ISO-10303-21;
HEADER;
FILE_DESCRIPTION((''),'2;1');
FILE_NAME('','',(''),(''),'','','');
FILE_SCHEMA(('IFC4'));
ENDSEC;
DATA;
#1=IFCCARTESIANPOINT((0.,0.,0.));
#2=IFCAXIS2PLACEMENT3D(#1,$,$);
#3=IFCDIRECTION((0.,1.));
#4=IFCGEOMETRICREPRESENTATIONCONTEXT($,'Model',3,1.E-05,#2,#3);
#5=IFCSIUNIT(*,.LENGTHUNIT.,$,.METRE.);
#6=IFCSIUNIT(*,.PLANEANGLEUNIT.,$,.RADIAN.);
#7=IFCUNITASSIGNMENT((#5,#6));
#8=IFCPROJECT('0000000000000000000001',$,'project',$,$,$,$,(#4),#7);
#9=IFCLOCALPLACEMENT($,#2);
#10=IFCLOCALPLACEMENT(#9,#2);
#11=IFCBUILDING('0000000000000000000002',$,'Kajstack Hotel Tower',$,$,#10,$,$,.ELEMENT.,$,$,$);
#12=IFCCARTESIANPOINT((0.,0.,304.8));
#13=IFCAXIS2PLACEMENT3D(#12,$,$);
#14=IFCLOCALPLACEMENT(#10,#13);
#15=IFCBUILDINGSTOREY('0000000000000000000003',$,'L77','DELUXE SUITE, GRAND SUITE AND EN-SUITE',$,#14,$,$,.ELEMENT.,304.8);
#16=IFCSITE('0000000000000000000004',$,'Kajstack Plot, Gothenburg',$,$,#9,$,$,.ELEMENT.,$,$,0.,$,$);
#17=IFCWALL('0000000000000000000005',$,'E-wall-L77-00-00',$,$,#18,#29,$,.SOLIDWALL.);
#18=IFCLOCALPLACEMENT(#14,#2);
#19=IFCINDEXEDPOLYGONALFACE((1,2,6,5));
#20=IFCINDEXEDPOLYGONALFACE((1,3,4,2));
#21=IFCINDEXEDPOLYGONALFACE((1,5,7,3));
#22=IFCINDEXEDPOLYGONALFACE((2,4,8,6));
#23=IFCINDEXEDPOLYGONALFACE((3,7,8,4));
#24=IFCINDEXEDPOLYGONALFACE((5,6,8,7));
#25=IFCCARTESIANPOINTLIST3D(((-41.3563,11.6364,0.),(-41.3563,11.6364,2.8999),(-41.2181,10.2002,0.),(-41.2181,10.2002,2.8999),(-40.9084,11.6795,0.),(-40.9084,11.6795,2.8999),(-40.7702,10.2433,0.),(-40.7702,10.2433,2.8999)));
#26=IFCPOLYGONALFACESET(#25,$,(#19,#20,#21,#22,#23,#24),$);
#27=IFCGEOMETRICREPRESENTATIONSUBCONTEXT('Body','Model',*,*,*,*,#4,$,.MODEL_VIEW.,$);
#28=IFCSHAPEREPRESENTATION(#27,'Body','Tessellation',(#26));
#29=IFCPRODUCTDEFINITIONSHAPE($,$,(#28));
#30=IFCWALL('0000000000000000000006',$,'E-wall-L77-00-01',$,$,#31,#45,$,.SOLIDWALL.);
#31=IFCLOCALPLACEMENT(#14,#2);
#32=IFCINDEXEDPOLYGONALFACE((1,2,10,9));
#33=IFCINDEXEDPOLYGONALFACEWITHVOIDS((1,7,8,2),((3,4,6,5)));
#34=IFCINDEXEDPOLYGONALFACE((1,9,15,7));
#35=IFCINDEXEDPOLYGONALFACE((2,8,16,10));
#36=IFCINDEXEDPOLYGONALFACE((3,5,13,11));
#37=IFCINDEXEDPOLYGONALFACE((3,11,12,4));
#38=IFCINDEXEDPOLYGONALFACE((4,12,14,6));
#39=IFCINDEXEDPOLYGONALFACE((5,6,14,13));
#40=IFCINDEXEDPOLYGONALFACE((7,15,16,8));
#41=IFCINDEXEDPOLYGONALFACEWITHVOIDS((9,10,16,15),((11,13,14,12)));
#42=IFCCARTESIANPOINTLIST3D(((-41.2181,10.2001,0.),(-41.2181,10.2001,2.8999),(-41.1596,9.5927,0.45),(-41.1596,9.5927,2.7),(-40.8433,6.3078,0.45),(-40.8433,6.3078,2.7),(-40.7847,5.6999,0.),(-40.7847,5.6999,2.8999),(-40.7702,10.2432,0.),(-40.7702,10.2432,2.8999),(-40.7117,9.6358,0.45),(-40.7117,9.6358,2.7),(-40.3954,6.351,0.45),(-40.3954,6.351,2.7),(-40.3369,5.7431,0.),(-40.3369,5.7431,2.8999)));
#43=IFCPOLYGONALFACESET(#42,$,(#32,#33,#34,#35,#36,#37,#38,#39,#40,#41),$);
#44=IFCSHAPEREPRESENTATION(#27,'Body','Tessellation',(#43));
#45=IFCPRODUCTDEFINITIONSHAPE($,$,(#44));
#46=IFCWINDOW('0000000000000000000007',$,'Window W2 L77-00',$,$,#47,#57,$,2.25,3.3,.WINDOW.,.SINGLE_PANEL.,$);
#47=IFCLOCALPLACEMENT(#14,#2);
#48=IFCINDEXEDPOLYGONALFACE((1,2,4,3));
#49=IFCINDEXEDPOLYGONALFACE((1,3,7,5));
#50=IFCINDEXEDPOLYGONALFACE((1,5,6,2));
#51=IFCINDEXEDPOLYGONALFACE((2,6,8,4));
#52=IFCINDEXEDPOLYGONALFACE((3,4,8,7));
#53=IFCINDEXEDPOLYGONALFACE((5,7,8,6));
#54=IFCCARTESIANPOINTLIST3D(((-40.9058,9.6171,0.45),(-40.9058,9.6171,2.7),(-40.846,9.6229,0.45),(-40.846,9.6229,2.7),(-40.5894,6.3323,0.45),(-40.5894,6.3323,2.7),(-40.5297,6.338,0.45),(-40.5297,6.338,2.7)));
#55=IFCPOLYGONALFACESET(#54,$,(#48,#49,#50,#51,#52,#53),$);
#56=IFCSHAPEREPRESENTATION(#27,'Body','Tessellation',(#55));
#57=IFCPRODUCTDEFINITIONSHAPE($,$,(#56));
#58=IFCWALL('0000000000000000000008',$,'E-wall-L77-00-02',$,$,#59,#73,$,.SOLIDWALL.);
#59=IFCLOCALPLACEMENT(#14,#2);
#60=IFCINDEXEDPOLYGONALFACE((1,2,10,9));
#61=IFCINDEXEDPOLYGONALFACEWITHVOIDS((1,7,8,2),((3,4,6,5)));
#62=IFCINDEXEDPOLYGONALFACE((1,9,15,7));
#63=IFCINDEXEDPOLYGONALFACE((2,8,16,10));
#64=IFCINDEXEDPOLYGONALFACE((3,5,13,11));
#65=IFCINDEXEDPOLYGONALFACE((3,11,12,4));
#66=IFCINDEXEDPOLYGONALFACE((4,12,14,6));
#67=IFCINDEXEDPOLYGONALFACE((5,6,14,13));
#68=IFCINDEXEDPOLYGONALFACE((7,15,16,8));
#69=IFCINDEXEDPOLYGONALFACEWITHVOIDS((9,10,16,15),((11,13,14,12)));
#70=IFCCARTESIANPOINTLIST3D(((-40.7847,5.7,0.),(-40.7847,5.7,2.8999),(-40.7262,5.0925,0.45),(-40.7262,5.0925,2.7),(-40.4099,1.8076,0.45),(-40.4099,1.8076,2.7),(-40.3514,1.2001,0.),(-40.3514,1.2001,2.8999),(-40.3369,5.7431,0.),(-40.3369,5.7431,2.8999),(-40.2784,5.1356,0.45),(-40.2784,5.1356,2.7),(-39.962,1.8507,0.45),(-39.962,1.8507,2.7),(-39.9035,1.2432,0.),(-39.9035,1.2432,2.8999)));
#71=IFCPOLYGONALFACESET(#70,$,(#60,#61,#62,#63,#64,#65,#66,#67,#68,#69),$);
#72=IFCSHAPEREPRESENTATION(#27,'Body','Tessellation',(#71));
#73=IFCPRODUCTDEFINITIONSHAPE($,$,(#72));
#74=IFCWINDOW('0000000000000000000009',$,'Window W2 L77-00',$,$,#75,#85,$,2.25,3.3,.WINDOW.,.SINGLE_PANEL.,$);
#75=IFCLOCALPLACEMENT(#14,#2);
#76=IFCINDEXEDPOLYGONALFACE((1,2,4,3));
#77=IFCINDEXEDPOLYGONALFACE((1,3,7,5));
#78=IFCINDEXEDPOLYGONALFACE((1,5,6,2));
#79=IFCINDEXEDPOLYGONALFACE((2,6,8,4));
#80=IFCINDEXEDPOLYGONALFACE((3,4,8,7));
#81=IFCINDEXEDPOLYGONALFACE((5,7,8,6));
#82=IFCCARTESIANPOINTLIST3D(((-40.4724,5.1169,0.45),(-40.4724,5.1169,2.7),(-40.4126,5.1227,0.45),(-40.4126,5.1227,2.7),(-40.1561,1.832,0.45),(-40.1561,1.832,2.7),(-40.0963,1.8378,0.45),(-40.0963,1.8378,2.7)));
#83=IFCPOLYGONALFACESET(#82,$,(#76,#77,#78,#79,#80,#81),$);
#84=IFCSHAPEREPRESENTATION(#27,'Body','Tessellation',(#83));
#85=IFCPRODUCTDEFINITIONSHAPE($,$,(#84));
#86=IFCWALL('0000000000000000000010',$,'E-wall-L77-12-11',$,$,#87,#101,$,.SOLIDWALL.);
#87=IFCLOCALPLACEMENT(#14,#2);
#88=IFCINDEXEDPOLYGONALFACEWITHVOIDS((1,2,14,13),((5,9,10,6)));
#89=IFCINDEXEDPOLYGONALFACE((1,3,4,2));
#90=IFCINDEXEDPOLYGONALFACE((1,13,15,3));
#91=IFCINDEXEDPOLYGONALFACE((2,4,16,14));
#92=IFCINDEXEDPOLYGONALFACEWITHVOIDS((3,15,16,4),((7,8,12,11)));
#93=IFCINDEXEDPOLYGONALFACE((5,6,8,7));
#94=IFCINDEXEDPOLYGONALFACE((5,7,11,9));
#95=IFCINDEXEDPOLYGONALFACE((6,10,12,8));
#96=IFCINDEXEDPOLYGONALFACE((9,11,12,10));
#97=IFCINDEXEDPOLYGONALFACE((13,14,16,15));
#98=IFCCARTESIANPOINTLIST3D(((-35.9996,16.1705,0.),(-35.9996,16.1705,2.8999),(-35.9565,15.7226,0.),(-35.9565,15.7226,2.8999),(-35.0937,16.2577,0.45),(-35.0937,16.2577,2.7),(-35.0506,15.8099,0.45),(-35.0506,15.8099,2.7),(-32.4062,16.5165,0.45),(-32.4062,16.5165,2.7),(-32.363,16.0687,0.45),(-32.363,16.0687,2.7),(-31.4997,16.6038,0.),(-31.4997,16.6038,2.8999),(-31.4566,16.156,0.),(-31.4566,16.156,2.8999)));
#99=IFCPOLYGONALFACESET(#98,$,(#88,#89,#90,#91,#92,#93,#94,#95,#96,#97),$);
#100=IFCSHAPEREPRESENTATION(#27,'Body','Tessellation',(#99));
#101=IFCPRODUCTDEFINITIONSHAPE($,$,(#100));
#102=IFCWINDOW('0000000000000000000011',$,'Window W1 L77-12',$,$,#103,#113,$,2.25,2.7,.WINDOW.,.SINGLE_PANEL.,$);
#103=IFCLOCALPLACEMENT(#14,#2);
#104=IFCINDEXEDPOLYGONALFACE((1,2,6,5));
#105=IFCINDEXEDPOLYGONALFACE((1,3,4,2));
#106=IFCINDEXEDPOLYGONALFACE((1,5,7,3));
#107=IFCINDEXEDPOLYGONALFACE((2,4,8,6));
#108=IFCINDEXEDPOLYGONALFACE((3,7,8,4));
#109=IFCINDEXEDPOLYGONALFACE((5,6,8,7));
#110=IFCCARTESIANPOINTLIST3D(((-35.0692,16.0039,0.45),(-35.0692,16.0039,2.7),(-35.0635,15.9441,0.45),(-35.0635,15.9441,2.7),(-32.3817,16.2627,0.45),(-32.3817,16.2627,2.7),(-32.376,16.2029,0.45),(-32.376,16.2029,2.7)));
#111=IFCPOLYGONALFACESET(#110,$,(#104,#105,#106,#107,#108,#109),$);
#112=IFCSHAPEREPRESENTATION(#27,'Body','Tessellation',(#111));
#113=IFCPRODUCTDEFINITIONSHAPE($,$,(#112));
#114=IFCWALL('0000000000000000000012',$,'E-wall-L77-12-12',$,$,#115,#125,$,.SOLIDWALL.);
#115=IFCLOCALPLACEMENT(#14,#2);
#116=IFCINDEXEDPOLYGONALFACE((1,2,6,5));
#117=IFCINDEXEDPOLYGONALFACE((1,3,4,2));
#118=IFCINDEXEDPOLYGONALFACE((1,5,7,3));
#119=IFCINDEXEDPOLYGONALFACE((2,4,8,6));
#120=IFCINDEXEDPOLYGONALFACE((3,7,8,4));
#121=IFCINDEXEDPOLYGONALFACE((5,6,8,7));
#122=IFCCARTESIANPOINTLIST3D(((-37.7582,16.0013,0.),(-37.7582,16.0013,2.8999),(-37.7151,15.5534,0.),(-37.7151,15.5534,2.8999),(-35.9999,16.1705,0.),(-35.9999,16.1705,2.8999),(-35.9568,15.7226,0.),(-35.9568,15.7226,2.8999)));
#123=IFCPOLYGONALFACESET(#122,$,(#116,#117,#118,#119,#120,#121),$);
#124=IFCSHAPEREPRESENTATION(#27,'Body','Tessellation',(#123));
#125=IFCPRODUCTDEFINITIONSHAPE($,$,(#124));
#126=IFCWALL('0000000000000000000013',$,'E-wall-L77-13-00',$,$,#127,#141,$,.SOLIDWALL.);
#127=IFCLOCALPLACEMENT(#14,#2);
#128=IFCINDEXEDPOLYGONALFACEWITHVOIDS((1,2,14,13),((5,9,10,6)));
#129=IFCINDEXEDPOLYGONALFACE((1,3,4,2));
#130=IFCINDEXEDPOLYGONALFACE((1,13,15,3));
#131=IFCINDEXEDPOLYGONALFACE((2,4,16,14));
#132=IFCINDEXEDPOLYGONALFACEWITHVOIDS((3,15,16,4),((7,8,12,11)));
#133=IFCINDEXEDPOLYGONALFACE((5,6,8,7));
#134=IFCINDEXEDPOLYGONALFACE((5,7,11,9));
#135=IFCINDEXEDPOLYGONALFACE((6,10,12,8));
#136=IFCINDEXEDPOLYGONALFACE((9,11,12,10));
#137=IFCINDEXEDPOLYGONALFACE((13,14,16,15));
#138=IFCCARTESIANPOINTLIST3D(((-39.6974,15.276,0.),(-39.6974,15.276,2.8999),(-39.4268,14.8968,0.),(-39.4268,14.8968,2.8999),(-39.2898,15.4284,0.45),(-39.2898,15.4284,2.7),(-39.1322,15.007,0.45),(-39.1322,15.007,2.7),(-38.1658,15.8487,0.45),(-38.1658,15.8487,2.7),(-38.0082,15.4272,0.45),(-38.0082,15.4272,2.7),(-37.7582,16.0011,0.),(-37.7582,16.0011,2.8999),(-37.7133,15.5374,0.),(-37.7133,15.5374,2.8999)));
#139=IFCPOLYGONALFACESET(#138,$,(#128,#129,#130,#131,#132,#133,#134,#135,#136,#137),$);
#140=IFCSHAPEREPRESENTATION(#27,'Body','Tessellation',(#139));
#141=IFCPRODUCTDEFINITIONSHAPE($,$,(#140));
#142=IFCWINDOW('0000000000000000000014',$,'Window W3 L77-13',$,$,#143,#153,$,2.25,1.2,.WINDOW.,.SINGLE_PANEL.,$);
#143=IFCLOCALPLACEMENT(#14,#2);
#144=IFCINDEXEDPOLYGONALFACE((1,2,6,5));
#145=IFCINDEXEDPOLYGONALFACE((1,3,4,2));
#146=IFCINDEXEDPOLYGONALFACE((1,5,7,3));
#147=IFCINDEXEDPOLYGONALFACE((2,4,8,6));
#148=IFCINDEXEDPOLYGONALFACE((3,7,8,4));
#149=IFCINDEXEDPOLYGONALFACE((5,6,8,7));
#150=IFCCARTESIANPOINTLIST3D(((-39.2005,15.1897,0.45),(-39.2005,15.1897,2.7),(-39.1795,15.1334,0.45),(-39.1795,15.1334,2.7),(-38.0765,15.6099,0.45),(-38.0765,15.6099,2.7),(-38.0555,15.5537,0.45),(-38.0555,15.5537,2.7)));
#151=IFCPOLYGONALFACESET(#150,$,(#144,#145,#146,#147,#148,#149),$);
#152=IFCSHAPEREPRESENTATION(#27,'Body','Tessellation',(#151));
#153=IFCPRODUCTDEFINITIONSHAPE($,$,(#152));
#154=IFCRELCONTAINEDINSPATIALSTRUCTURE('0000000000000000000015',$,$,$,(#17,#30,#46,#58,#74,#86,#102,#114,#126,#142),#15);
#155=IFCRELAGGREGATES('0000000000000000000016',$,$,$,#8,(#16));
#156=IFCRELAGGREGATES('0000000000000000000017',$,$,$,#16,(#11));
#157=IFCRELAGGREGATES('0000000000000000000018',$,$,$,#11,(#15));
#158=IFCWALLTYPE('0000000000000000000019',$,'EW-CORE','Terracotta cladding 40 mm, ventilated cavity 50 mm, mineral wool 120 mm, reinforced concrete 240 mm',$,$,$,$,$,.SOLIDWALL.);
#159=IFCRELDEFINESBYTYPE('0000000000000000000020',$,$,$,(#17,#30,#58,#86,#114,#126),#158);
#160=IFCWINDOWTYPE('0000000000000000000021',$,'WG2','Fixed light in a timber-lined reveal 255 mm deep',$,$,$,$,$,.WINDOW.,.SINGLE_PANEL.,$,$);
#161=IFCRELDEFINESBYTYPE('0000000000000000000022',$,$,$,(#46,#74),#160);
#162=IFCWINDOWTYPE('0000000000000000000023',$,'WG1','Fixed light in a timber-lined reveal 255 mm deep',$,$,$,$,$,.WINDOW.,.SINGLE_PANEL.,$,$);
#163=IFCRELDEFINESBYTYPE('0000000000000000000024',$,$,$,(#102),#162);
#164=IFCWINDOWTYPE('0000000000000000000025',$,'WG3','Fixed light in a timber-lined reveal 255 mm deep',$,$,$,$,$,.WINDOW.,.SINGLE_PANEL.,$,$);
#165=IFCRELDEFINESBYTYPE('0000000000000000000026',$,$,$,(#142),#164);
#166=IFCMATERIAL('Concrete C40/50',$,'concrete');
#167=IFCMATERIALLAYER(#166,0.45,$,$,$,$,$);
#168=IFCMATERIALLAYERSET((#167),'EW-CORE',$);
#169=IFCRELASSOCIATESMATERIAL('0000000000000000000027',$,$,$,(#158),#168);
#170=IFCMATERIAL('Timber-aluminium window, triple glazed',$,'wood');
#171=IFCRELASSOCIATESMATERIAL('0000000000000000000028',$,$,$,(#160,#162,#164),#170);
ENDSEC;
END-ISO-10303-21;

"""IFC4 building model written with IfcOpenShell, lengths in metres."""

from ifc_helpers import new_model, si_unit, direction, frame, frame_2d, origin, place, context, subcontext, project, spatial, polyline, rectangle, outline, extrude, material, layer, layer_set, type_object, element, fill, save


model = new_model("IFC4")

# Units and contexts
model_context = context("Model", 3, precision=1e-05, world=origin(), true_north=direction((0.0, 1.0)))
body_context = subcontext(model_context, "Body", "Model", "MODEL_VIEW")
ifc_project = project(units=[si_unit("LENGTHUNIT", "METRE"), si_unit("PLANEANGLEUNIT", "RADIAN")], contexts=[model_context])

# Site, building, storey
site_placement = place(None, origin())
site = spatial("IfcSite", under=ifc_project, at=site_placement, Name="Kajstack Plot, Gothenburg", CompositionType="ELEMENT", RefElevation=0.0)
building_placement = place(site_placement, origin())
building = spatial("IfcBuilding", under=site, at=building_placement, Name="Kajstack Hotel Tower", CompositionType="ELEMENT")
storey_placement = place(building_placement, frame((0.0, 0.0, 304.8)))
storey = spatial("IfcBuildingStorey", under=building, at=storey_placement, Name="L77", Description="DELUXE SUITE, GRAND SUITE AND EN-SUITE", CompositionType="ELEMENT", Elevation=304.8)

# Wall
ifc_material_1 = material(Name="Concrete C40/50", Category="concrete")
ifc_layer_1 = layer(ifc_material_1, 0.45)
ifc_layer_set_1 = layer_set([ifc_layer_1], Name="EW-CORE")
wall_type_1 = type_object("IfcWallType", Name="EW-CORE", Description="Terracotta cladding 40 mm, ventilated cavity 50 mm, mineral wool 120 mm, reinforced concrete 240 mm", PredefinedType="SOLIDWALL", material=ifc_layer_set_1)
wall_1_placement = place(storey_placement, frame((-41.1323, 11.658, 0.0), z_axis=(0.0, 0.0, 1.0), x_axis=(0.095767, -0.995404, 0.0)))
element("IfcWall", 1, at=wall_1_placement, inside=storey, type_object=wall_type_1, Name="E-wall-L77-00-00", PredefinedType="SOLIDWALL", context=body_context, shape_type="SweptSolid", body=[
    extrude(rectangle(XDim=1.4429, YDim=0.45, at=frame_2d((0.7214, 0.0))), origin(), (0.0, 0.0, 1.0), 2.8999),
])

# Walls, openings, windows
wall_2_placement = place(storey_placement, frame((-40.9941, 10.2217, 0.0), z_axis=(0.0, 0.0, 1.0), x_axis=(0.095851, -0.995396, 0.0)))
wall_2 = element("IfcWall", 2, at=wall_2_placement, inside=storey, type_object=wall_type_1, Name="E-wall-L77-00-01", PredefinedType="SOLIDWALL", context=body_context, shape_type="SweptSolid", body=[
    extrude(rectangle(XDim=4.521, YDim=0.45, at=frame_2d((2.2605, 0.0))), origin(), (0.0, 0.0, 1.0), 2.8999),
])
opening_1_placement = place(wall_2_placement, frame((0.6104, 0.0, 0.45)))
opening_1 = element("IfcOpeningElement", 3, at=opening_1_placement, cuts=wall_2, PredefinedType="OPENING", context=body_context, shape_type="SweptSolid", body=[
    extrude(rectangle(XDim=3.3, YDim=2.25, at=frame_2d((1.6499, 1.125))), frame((0.0, 0.2349, 0.0), z_axis=(0.0, -1.0, 0.0), x_axis=(1.0, 0.0, 0.0)), (0.0, 0.0, 1.0), 0.47),
])
ifc_material_2 = material(Name="Timber-aluminium window, triple glazed", Category="wood")
window_type_1 = type_object("IfcWindowType", Name="WG2", Description="Fixed light in a timber-lined reveal 255 mm deep", PartitioningType="SINGLE_PANEL", PredefinedType="WINDOW", material=ifc_material_2)
window_1_placement = place(opening_1_placement, origin())
window_1 = element("IfcWindow", 4, at=window_1_placement, inside=storey, type_object=window_type_1, Name="Window W2 L77-00", OverallHeight=2.25, OverallWidth=3.3, PartitioningType="SINGLE_PANEL", PredefinedType="WINDOW", context=body_context, shape_type="SweptSolid", body=[
    extrude(rectangle(XDim=3.3, YDim=2.25, at=frame_2d((1.6499, 1.125))), frame((0.0, 0.0901, 0.0), z_axis=(0.0, -1.0, 0.0), x_axis=(1.0, 0.0, 0.0)), (0.0, 0.0, 1.0), 0.0601),
])
fill(opening_1, window_1)
wall_3_placement = place(storey_placement, frame((-40.5608, 5.7214, 0.0), z_axis=(0.0, 0.0, 1.0), x_axis=(0.095856, -0.995395, 0.0)))
wall_3 = element("IfcWall", 5, at=wall_3_placement, inside=storey, type_object=wall_type_1, Name="E-wall-L77-00-02", PredefinedType="SOLIDWALL", context=body_context, shape_type="SweptSolid", body=[
    extrude(rectangle(XDim=4.5208, YDim=0.45, at=frame_2d((2.2603, 0.0))), origin(), (0.0, 0.0, 1.0), 2.8999),
])
opening_2_placement = place(wall_3_placement, frame((0.6104, 0.0, 0.45)))
opening_2 = element("IfcOpeningElement", 6, at=opening_2_placement, cuts=wall_3, PredefinedType="OPENING", context=body_context, shape_type="SweptSolid", body=[
    extrude(rectangle(XDim=3.3, YDim=2.25, at=frame_2d((1.6499, 1.125))), frame((0.0, 0.2349, 0.0), z_axis=(0.0, -1.0, 0.0), x_axis=(1.0, 0.0, 0.0)), (0.0, 0.0, 1.0), 0.47),
])
window_2_placement = place(opening_2_placement, origin())
window_2 = element("IfcWindow", 7, at=window_2_placement, inside=storey, type_object=window_type_1, Name="Window W2 L77-00", OverallHeight=2.25, OverallWidth=3.3, PartitioningType="SINGLE_PANEL", PredefinedType="WINDOW", context=body_context, shape_type="SweptSolid", body=[
    extrude(rectangle(XDim=3.3, YDim=2.25, at=frame_2d((1.6499, 1.125))), frame((0.0, 0.0901, 0.0), z_axis=(0.0, -1.0, 0.0), x_axis=(1.0, 0.0, 0.0)), (0.0, 0.0, 1.0), 0.0601),
])
fill(opening_2, window_2)
wall_4_placement = place(storey_placement, frame((-31.4783, 16.3799, 0.0), z_axis=(0.0, 0.0, 1.0), x_axis=(-0.995395, -0.095856, 0.0)))
wall_4 = element("IfcWall", 8, at=wall_4_placement, inside=storey, type_object=wall_type_1, Name="E-wall-L77-12-11", PredefinedType="SOLIDWALL", context=body_context, shape_type="SweptSolid", body=[
    extrude(rectangle(XDim=4.5208, YDim=0.45, at=frame_2d((2.2603, 0.0))), origin(), (0.0, 0.0, 1.0), 2.8999),
])
opening_3_placement = place(wall_4_placement, frame((0.9104, 0.0, 0.45)))
opening_3 = element("IfcOpeningElement", 9, at=opening_3_placement, cuts=wall_4, PredefinedType="OPENING", context=body_context, shape_type="SweptSolid", body=[
    extrude(rectangle(XDim=2.7, YDim=2.25, at=frame_2d((1.3501, 1.125))), frame((0.0, 0.2349, 0.0), z_axis=(0.0, -1.0, 0.0), x_axis=(1.0, 0.0, 0.0)), (0.0, 0.0, 1.0), 0.47),
])
window_type_2 = type_object("IfcWindowType", Name="WG1", Description="Fixed light in a timber-lined reveal 255 mm deep", PartitioningType="SINGLE_PANEL", PredefinedType="WINDOW", material=ifc_material_2)
window_3_placement = place(opening_3_placement, origin())
window_3 = element("IfcWindow", 10, at=window_3_placement, inside=storey, type_object=window_type_2, Name="Window W1 L77-12", OverallHeight=2.25, OverallWidth=2.7, PartitioningType="SINGLE_PANEL", PredefinedType="WINDOW", context=body_context, shape_type="SweptSolid", body=[
    extrude(rectangle(XDim=2.7, YDim=2.25, at=frame_2d((1.3501, 1.125))), frame((0.0, 0.0901, 0.0), z_axis=(0.0, -1.0, 0.0), x_axis=(1.0, 0.0, 0.0)), (0.0, 0.0, 1.0), 0.0601),
])
fill(opening_3, window_3)

# Wall
wall_5_placement = place(storey_placement, frame((-35.9783, 15.9465, 0.0), z_axis=(0.0, 0.0, 1.0), x_axis=(-0.995402, -0.095781, 0.0)))
element("IfcWall", 11, at=wall_5_placement, inside=storey, type_object=wall_type_1, Name="E-wall-L77-12-12", PredefinedType="SOLIDWALL", context=body_context, shape_type="SweptSolid", body=[
    extrude(rectangle(XDim=1.7664, YDim=0.45, at=frame_2d((0.8833, 0.0))), origin(), (0.0, 0.0, 1.0), 2.8999),
])

# Wall, opening, window
wall_6_placement = place(storey_placement, frame((-37.6792, 15.7905, 0.0), z_axis=(0.0, 0.0, 1.0), x_axis=(-0.936678, -0.350193, 0.0)))
wall_6 = element("IfcWall", 12, at=wall_6_placement, inside=storey, type_object=wall_type_1, Name="E-wall-L77-13-00", PredefinedType="SOLIDWALL", context=body_context, shape_type="SweptSolid", body=[
    extrude(outline(polyline([(0.0002, -0.2249), (2.0706, -0.2249), (1.95, 0.2251), (0.1206, 0.2251), (0.0002, -0.2249)])), origin(), (0.0, 0.0, 1.0), 2.8999),
])
opening_4_placement = place(wall_6_placement, frame((0.4353, 0.0, 0.45)))
opening_4 = element("IfcOpeningElement", 13, at=opening_4_placement, cuts=wall_6, PredefinedType="OPENING", context=body_context, shape_type="SweptSolid", body=[
    extrude(rectangle(XDim=1.2, YDim=2.25, at=frame_2d((0.6001, 1.125))), frame((0.0, 0.2349, 0.0), z_axis=(0.0, -1.0, 0.0), x_axis=(1.0, 0.0, 0.0)), (0.0, 0.0, 1.0), 0.47),
])
window_type_3 = type_object("IfcWindowType", Name="WG3", Description="Fixed light in a timber-lined reveal 255 mm deep", PartitioningType="SINGLE_PANEL", PredefinedType="WINDOW", material=ifc_material_2)
window_4_placement = place(opening_4_placement, origin())
window_4 = element("IfcWindow", 14, at=window_4_placement, inside=storey, type_object=window_type_3, Name="Window W3 L77-13", OverallHeight=2.25, OverallWidth=1.2, PartitioningType="SINGLE_PANEL", PredefinedType="WINDOW", context=body_context, shape_type="SweptSolid", body=[
    extrude(rectangle(XDim=1.2, YDim=2.25, at=frame_2d((0.6001, 1.125))), frame((0.0, 0.0901, 0.0), z_axis=(0.0, -1.0, 0.0), x_axis=(1.0, 0.0, 0.0)), (0.0, 0.0, 1.0), 0.0601),
])
fill(opening_4, window_4)

save(model, "model.ifc")
